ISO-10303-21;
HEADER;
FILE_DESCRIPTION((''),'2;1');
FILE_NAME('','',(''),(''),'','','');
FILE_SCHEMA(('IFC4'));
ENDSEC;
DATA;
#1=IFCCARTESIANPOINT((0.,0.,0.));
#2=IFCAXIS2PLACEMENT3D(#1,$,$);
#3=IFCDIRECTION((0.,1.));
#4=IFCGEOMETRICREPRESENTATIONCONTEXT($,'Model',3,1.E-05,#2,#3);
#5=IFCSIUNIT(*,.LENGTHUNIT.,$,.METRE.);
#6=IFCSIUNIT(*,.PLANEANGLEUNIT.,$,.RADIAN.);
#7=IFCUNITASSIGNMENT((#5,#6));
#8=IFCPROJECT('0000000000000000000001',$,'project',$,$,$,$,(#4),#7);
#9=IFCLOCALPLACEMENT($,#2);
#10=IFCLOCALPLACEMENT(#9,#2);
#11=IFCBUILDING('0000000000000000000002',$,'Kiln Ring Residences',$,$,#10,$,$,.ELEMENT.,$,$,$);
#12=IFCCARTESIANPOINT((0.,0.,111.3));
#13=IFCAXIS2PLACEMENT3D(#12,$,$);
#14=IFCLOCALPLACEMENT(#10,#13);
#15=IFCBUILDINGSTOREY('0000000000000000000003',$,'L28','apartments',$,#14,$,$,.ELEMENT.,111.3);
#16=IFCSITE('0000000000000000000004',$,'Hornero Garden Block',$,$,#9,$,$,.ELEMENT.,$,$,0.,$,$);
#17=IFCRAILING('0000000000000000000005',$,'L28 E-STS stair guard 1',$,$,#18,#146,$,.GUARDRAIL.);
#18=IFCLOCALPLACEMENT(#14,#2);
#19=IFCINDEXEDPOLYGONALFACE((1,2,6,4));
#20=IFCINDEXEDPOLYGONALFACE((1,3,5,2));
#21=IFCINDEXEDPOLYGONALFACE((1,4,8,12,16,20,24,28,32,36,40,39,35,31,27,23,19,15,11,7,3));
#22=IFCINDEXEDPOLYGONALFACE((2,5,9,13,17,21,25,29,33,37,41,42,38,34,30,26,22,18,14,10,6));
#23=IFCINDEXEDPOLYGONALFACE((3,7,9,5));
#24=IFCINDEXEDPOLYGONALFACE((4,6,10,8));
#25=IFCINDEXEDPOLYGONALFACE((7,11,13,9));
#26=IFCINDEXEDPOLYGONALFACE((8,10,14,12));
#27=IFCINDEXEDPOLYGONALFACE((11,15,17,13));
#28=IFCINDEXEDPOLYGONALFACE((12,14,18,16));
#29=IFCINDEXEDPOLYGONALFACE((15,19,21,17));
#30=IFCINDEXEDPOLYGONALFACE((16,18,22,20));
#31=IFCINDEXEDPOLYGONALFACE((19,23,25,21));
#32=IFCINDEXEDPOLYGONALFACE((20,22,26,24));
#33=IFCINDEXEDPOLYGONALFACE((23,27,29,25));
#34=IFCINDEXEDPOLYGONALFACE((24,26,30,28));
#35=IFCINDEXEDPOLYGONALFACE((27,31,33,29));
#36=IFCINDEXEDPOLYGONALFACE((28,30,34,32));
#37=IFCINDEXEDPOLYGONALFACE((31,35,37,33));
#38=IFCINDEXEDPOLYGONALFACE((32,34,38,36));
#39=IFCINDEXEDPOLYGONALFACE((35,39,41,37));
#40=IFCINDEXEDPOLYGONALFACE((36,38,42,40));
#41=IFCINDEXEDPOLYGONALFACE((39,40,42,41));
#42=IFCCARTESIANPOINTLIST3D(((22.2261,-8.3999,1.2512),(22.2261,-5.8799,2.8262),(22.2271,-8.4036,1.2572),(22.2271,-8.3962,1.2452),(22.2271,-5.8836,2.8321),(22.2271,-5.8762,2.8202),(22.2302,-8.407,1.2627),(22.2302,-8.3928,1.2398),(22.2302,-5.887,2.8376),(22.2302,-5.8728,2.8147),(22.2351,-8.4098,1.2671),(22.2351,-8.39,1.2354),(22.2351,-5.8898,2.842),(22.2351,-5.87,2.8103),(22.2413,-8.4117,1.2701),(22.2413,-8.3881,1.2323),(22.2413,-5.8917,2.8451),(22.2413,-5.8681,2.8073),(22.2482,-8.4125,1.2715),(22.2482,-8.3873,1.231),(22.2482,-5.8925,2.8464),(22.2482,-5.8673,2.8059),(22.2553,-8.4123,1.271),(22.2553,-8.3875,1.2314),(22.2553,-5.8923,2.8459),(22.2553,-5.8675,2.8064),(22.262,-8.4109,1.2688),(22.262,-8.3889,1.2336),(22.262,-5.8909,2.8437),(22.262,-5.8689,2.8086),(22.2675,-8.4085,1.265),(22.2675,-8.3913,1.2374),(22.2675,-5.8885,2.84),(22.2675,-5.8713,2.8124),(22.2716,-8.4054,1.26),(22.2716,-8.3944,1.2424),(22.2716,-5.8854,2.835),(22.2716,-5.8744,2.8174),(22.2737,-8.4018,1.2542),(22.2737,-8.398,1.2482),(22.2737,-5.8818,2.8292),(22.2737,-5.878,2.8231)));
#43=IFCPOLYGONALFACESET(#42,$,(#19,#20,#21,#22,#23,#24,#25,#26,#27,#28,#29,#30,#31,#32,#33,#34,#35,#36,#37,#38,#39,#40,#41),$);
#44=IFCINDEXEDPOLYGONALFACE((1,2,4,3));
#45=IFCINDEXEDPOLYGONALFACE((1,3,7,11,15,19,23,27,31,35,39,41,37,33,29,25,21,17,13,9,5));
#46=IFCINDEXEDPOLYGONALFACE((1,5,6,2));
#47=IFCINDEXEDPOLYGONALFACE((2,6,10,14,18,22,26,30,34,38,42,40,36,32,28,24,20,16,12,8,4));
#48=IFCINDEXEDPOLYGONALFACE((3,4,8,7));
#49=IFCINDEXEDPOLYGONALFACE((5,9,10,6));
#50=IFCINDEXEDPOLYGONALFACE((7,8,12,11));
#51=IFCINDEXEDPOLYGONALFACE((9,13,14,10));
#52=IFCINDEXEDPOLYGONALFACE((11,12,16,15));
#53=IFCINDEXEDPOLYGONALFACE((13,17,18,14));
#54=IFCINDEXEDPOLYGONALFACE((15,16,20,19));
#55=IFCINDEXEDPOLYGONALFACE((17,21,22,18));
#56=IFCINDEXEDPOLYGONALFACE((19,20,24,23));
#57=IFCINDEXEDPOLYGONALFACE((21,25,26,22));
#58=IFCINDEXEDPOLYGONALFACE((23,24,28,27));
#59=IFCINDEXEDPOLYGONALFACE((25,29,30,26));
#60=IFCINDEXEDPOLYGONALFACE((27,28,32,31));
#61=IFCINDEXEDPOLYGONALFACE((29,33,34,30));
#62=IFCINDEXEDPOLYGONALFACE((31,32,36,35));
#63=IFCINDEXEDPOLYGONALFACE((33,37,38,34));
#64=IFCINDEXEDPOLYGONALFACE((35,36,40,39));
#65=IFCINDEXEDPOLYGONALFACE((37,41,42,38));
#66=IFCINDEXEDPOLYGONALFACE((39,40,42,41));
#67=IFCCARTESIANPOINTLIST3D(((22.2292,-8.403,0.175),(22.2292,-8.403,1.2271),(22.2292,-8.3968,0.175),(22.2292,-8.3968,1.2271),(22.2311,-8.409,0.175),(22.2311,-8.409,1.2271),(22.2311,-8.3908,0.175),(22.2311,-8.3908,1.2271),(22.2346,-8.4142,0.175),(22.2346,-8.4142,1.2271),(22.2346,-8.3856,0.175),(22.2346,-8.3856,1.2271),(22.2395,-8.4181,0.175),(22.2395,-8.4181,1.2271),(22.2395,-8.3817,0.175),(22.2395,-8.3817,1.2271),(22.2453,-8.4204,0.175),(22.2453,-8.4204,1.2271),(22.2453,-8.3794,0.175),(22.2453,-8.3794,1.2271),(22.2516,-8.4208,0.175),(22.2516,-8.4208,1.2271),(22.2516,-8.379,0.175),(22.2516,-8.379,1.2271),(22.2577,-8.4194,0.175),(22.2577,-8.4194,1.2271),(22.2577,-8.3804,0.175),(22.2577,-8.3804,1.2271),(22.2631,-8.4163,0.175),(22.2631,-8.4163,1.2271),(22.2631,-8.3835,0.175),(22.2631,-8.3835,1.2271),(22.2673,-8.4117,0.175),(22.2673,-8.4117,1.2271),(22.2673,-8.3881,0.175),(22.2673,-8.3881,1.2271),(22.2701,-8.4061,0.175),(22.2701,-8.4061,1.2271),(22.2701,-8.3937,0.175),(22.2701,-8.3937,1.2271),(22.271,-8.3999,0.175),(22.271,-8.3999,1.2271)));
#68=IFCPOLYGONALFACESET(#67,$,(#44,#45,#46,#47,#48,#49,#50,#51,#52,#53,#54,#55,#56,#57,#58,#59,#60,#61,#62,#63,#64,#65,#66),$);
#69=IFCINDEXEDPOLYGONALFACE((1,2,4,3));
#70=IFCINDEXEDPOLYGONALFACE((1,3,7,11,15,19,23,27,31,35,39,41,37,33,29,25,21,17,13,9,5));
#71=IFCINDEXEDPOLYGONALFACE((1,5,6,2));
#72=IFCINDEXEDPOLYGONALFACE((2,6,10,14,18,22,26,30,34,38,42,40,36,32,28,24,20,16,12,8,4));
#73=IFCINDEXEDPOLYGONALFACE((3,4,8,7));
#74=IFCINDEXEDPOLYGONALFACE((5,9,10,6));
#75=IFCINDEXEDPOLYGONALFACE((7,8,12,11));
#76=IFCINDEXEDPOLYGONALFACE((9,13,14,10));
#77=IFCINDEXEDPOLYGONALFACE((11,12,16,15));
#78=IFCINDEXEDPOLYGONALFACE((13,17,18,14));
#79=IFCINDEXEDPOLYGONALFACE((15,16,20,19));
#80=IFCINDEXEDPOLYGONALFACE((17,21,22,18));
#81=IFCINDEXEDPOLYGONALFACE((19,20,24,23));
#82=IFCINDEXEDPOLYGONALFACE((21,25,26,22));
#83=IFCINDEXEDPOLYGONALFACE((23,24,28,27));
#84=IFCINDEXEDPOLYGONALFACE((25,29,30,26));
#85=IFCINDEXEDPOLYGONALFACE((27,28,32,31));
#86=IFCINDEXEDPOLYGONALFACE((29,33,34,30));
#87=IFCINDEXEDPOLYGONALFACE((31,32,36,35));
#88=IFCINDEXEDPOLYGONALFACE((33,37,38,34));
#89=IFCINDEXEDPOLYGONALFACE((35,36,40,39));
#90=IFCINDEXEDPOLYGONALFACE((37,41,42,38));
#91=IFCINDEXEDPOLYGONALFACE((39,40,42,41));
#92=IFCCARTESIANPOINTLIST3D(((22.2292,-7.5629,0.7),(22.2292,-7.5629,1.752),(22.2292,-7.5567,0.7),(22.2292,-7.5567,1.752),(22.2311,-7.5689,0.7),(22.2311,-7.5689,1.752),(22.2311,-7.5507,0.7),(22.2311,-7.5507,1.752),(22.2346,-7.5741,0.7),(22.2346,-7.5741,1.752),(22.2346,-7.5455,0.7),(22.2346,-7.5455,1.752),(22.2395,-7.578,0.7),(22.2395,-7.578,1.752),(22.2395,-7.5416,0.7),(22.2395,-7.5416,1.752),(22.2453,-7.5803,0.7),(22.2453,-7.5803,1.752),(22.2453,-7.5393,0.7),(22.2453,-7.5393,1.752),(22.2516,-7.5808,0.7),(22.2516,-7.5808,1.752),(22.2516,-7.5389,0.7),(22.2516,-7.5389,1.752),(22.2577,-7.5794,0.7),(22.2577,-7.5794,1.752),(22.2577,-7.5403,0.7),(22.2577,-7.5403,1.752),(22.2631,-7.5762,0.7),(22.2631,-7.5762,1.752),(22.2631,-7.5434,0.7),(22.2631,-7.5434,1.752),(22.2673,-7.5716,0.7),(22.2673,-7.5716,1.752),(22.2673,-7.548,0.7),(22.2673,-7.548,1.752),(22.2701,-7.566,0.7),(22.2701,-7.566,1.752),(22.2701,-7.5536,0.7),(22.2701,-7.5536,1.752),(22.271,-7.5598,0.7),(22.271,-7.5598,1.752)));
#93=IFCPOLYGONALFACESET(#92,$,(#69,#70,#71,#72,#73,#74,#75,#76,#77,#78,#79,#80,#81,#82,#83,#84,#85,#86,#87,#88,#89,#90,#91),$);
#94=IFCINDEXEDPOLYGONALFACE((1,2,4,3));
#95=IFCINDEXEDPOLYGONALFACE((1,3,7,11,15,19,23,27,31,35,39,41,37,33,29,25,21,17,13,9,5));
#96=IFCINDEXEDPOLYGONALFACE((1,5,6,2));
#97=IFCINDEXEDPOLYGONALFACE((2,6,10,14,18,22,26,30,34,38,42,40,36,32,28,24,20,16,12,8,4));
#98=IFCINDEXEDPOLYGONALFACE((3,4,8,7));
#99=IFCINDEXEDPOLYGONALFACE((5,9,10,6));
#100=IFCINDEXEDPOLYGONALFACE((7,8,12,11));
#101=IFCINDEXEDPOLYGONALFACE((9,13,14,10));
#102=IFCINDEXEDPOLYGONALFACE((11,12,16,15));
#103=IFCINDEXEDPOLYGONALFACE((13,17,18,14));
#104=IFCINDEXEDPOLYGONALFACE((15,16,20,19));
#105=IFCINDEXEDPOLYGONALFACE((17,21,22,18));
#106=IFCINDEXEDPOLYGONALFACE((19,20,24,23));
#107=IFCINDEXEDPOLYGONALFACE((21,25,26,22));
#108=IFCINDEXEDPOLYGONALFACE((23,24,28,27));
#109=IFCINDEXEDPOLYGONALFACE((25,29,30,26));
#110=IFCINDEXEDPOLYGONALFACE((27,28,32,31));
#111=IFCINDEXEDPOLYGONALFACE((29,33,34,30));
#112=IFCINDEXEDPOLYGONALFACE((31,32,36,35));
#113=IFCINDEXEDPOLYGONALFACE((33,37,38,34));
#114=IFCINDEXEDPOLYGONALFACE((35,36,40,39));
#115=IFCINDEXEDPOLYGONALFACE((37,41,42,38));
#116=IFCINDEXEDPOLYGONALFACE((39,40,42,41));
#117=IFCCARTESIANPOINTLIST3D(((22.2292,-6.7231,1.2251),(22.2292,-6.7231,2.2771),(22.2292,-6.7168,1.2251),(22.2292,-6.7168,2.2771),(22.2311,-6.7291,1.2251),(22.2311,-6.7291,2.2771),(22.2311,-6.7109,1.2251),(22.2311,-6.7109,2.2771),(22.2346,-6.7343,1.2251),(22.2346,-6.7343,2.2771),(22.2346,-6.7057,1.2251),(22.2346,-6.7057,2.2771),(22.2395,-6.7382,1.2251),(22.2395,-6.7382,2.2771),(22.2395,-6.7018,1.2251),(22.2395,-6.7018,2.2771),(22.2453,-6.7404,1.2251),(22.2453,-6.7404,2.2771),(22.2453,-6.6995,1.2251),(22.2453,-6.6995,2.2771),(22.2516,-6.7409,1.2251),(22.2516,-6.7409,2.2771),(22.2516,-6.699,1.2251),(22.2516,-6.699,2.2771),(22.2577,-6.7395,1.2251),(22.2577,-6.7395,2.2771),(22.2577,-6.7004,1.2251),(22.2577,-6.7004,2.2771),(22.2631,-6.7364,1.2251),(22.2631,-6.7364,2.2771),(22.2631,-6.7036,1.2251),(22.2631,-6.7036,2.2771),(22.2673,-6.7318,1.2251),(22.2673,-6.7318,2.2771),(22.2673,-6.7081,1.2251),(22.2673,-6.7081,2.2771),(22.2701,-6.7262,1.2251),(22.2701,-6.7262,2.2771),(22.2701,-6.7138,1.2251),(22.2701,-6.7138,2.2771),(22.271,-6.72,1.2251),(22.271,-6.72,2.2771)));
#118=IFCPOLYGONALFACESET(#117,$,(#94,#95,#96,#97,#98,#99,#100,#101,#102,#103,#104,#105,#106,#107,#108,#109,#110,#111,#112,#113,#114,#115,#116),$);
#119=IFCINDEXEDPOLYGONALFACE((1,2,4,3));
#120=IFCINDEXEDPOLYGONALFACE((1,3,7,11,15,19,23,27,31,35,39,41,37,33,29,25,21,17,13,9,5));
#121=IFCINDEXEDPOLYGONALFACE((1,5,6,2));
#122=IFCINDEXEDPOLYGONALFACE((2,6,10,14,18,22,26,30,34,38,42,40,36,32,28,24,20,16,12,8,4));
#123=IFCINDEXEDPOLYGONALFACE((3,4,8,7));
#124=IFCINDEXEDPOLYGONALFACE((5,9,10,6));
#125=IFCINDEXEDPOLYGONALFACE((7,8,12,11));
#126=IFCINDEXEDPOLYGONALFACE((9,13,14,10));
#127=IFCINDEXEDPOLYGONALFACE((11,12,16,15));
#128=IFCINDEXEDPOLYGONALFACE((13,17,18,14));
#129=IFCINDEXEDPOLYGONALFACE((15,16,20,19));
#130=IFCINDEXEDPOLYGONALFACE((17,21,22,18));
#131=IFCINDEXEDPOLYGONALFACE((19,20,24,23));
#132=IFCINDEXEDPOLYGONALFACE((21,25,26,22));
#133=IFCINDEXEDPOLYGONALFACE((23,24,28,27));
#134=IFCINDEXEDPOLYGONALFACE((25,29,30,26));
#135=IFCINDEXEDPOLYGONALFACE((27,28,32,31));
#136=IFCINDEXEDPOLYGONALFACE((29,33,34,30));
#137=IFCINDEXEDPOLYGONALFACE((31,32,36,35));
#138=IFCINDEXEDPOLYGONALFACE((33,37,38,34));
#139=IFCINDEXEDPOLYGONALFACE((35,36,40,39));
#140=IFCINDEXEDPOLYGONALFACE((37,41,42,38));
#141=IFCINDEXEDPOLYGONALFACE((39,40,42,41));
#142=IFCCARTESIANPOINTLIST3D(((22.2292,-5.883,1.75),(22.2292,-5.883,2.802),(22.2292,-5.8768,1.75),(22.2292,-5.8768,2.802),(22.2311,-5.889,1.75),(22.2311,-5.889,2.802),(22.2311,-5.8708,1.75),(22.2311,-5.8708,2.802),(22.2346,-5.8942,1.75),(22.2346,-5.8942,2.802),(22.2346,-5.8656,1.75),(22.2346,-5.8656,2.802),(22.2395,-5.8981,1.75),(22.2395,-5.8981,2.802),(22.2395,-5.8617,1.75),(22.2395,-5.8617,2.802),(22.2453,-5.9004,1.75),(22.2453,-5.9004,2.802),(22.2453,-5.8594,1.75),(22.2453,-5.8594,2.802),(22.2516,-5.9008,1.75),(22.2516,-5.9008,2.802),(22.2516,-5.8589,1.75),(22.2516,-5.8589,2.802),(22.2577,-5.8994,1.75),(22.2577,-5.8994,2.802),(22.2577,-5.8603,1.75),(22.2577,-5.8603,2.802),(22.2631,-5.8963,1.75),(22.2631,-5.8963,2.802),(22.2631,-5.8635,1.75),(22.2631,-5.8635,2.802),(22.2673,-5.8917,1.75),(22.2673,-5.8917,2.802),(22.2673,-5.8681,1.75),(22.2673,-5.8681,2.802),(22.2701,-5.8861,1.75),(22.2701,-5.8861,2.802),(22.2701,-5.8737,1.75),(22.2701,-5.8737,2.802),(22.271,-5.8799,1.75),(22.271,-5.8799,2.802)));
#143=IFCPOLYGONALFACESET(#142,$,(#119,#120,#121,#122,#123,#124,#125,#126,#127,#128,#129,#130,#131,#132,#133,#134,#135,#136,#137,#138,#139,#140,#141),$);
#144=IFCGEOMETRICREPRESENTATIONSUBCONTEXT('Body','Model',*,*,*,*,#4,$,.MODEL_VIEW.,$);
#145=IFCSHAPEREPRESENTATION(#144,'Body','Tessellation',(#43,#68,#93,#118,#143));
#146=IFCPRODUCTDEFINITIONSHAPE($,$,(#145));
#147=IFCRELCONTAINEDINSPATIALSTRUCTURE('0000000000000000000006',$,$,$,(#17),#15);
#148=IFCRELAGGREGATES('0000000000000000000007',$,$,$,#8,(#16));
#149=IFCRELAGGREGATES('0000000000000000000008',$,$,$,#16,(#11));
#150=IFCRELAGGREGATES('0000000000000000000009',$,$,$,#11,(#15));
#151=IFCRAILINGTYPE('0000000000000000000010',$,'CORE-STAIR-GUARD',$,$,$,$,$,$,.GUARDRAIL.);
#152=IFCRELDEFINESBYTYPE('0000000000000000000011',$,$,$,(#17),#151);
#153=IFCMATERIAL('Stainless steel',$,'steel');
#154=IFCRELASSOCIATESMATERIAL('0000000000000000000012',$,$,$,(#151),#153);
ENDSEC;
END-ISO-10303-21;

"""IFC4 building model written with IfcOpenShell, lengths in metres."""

from ifc_helpers import new_model, si_unit, direction, frame, origin, origin_2d, place, context, subcontext, project, spatial, circle, extrude, material, type_object, element, save


model = new_model("IFC4")

# Units and contexts
model_context = context("Model", 3, precision=1e-05, world=origin(), true_north=direction((0.0, 1.0)))
body_context = subcontext(model_context, "Body", "Model", "MODEL_VIEW")
ifc_project = project(units=[si_unit("LENGTHUNIT", "METRE"), si_unit("PLANEANGLEUNIT", "RADIAN")], contexts=[model_context])

# Site, building, storey
site_placement = place(None, origin())
site = spatial("IfcSite", under=ifc_project, at=site_placement, Name="Hornero Garden Block", CompositionType="ELEMENT", RefElevation=0.0)
building_placement = place(site_placement, origin())
building = spatial("IfcBuilding", under=site, at=building_placement, Name="Kiln Ring Residences", CompositionType="ELEMENT")
storey_placement = place(building_placement, frame((0.0, 0.0, 111.3)))
storey = spatial("IfcBuildingStorey", under=building, at=storey_placement, Name="L28", Description="apartments", CompositionType="ELEMENT", Elevation=111.3)

# Railing
ifc_material_1 = material(Name="Stainless steel", Category="steel")
railing_type_1 = type_object("IfcRailingType", Name="CORE-STAIR-GUARD", PredefinedType="GUARDRAIL", material=ifc_material_1)
railing_1_placement = place(storey_placement, frame((22.25, -8.3999, 0.175)))
element("IfcRailing", 1, at=railing_1_placement, inside=storey, type_object=railing_type_1, Name="L28 E-STS stair guard 1", PredefinedType="GUARDRAIL", context=body_context, shape_type="SweptSolid", body=[
    extrude(circle(Radius=0.0239, at=origin_2d()), frame((0.0, 0.0, 1.0762), z_axis=(0.0, 0.848008, 0.529984), x_axis=(-1.0, 0.0, 0.0)), (0.0, 0.0, 1.0), 2.9717),
    extrude(circle(Radius=0.021, at=origin_2d()), origin(), (0.0, 0.0, 1.0), 1.052),
    extrude(circle(Radius=0.021, at=origin_2d()), frame((0.0, 0.8401, 0.5249)), (0.0, 0.0, 1.0), 1.052),
    extrude(circle(Radius=0.021, at=origin_2d()), frame((0.0, 1.6799, 1.05)), (0.0, 0.0, 1.0), 1.052),
    extrude(circle(Radius=0.021, at=origin_2d()), frame((0.0, 2.52, 1.575)), (0.0, 0.0, 1.0), 1.052),
])

save(model, "model.ifc")
